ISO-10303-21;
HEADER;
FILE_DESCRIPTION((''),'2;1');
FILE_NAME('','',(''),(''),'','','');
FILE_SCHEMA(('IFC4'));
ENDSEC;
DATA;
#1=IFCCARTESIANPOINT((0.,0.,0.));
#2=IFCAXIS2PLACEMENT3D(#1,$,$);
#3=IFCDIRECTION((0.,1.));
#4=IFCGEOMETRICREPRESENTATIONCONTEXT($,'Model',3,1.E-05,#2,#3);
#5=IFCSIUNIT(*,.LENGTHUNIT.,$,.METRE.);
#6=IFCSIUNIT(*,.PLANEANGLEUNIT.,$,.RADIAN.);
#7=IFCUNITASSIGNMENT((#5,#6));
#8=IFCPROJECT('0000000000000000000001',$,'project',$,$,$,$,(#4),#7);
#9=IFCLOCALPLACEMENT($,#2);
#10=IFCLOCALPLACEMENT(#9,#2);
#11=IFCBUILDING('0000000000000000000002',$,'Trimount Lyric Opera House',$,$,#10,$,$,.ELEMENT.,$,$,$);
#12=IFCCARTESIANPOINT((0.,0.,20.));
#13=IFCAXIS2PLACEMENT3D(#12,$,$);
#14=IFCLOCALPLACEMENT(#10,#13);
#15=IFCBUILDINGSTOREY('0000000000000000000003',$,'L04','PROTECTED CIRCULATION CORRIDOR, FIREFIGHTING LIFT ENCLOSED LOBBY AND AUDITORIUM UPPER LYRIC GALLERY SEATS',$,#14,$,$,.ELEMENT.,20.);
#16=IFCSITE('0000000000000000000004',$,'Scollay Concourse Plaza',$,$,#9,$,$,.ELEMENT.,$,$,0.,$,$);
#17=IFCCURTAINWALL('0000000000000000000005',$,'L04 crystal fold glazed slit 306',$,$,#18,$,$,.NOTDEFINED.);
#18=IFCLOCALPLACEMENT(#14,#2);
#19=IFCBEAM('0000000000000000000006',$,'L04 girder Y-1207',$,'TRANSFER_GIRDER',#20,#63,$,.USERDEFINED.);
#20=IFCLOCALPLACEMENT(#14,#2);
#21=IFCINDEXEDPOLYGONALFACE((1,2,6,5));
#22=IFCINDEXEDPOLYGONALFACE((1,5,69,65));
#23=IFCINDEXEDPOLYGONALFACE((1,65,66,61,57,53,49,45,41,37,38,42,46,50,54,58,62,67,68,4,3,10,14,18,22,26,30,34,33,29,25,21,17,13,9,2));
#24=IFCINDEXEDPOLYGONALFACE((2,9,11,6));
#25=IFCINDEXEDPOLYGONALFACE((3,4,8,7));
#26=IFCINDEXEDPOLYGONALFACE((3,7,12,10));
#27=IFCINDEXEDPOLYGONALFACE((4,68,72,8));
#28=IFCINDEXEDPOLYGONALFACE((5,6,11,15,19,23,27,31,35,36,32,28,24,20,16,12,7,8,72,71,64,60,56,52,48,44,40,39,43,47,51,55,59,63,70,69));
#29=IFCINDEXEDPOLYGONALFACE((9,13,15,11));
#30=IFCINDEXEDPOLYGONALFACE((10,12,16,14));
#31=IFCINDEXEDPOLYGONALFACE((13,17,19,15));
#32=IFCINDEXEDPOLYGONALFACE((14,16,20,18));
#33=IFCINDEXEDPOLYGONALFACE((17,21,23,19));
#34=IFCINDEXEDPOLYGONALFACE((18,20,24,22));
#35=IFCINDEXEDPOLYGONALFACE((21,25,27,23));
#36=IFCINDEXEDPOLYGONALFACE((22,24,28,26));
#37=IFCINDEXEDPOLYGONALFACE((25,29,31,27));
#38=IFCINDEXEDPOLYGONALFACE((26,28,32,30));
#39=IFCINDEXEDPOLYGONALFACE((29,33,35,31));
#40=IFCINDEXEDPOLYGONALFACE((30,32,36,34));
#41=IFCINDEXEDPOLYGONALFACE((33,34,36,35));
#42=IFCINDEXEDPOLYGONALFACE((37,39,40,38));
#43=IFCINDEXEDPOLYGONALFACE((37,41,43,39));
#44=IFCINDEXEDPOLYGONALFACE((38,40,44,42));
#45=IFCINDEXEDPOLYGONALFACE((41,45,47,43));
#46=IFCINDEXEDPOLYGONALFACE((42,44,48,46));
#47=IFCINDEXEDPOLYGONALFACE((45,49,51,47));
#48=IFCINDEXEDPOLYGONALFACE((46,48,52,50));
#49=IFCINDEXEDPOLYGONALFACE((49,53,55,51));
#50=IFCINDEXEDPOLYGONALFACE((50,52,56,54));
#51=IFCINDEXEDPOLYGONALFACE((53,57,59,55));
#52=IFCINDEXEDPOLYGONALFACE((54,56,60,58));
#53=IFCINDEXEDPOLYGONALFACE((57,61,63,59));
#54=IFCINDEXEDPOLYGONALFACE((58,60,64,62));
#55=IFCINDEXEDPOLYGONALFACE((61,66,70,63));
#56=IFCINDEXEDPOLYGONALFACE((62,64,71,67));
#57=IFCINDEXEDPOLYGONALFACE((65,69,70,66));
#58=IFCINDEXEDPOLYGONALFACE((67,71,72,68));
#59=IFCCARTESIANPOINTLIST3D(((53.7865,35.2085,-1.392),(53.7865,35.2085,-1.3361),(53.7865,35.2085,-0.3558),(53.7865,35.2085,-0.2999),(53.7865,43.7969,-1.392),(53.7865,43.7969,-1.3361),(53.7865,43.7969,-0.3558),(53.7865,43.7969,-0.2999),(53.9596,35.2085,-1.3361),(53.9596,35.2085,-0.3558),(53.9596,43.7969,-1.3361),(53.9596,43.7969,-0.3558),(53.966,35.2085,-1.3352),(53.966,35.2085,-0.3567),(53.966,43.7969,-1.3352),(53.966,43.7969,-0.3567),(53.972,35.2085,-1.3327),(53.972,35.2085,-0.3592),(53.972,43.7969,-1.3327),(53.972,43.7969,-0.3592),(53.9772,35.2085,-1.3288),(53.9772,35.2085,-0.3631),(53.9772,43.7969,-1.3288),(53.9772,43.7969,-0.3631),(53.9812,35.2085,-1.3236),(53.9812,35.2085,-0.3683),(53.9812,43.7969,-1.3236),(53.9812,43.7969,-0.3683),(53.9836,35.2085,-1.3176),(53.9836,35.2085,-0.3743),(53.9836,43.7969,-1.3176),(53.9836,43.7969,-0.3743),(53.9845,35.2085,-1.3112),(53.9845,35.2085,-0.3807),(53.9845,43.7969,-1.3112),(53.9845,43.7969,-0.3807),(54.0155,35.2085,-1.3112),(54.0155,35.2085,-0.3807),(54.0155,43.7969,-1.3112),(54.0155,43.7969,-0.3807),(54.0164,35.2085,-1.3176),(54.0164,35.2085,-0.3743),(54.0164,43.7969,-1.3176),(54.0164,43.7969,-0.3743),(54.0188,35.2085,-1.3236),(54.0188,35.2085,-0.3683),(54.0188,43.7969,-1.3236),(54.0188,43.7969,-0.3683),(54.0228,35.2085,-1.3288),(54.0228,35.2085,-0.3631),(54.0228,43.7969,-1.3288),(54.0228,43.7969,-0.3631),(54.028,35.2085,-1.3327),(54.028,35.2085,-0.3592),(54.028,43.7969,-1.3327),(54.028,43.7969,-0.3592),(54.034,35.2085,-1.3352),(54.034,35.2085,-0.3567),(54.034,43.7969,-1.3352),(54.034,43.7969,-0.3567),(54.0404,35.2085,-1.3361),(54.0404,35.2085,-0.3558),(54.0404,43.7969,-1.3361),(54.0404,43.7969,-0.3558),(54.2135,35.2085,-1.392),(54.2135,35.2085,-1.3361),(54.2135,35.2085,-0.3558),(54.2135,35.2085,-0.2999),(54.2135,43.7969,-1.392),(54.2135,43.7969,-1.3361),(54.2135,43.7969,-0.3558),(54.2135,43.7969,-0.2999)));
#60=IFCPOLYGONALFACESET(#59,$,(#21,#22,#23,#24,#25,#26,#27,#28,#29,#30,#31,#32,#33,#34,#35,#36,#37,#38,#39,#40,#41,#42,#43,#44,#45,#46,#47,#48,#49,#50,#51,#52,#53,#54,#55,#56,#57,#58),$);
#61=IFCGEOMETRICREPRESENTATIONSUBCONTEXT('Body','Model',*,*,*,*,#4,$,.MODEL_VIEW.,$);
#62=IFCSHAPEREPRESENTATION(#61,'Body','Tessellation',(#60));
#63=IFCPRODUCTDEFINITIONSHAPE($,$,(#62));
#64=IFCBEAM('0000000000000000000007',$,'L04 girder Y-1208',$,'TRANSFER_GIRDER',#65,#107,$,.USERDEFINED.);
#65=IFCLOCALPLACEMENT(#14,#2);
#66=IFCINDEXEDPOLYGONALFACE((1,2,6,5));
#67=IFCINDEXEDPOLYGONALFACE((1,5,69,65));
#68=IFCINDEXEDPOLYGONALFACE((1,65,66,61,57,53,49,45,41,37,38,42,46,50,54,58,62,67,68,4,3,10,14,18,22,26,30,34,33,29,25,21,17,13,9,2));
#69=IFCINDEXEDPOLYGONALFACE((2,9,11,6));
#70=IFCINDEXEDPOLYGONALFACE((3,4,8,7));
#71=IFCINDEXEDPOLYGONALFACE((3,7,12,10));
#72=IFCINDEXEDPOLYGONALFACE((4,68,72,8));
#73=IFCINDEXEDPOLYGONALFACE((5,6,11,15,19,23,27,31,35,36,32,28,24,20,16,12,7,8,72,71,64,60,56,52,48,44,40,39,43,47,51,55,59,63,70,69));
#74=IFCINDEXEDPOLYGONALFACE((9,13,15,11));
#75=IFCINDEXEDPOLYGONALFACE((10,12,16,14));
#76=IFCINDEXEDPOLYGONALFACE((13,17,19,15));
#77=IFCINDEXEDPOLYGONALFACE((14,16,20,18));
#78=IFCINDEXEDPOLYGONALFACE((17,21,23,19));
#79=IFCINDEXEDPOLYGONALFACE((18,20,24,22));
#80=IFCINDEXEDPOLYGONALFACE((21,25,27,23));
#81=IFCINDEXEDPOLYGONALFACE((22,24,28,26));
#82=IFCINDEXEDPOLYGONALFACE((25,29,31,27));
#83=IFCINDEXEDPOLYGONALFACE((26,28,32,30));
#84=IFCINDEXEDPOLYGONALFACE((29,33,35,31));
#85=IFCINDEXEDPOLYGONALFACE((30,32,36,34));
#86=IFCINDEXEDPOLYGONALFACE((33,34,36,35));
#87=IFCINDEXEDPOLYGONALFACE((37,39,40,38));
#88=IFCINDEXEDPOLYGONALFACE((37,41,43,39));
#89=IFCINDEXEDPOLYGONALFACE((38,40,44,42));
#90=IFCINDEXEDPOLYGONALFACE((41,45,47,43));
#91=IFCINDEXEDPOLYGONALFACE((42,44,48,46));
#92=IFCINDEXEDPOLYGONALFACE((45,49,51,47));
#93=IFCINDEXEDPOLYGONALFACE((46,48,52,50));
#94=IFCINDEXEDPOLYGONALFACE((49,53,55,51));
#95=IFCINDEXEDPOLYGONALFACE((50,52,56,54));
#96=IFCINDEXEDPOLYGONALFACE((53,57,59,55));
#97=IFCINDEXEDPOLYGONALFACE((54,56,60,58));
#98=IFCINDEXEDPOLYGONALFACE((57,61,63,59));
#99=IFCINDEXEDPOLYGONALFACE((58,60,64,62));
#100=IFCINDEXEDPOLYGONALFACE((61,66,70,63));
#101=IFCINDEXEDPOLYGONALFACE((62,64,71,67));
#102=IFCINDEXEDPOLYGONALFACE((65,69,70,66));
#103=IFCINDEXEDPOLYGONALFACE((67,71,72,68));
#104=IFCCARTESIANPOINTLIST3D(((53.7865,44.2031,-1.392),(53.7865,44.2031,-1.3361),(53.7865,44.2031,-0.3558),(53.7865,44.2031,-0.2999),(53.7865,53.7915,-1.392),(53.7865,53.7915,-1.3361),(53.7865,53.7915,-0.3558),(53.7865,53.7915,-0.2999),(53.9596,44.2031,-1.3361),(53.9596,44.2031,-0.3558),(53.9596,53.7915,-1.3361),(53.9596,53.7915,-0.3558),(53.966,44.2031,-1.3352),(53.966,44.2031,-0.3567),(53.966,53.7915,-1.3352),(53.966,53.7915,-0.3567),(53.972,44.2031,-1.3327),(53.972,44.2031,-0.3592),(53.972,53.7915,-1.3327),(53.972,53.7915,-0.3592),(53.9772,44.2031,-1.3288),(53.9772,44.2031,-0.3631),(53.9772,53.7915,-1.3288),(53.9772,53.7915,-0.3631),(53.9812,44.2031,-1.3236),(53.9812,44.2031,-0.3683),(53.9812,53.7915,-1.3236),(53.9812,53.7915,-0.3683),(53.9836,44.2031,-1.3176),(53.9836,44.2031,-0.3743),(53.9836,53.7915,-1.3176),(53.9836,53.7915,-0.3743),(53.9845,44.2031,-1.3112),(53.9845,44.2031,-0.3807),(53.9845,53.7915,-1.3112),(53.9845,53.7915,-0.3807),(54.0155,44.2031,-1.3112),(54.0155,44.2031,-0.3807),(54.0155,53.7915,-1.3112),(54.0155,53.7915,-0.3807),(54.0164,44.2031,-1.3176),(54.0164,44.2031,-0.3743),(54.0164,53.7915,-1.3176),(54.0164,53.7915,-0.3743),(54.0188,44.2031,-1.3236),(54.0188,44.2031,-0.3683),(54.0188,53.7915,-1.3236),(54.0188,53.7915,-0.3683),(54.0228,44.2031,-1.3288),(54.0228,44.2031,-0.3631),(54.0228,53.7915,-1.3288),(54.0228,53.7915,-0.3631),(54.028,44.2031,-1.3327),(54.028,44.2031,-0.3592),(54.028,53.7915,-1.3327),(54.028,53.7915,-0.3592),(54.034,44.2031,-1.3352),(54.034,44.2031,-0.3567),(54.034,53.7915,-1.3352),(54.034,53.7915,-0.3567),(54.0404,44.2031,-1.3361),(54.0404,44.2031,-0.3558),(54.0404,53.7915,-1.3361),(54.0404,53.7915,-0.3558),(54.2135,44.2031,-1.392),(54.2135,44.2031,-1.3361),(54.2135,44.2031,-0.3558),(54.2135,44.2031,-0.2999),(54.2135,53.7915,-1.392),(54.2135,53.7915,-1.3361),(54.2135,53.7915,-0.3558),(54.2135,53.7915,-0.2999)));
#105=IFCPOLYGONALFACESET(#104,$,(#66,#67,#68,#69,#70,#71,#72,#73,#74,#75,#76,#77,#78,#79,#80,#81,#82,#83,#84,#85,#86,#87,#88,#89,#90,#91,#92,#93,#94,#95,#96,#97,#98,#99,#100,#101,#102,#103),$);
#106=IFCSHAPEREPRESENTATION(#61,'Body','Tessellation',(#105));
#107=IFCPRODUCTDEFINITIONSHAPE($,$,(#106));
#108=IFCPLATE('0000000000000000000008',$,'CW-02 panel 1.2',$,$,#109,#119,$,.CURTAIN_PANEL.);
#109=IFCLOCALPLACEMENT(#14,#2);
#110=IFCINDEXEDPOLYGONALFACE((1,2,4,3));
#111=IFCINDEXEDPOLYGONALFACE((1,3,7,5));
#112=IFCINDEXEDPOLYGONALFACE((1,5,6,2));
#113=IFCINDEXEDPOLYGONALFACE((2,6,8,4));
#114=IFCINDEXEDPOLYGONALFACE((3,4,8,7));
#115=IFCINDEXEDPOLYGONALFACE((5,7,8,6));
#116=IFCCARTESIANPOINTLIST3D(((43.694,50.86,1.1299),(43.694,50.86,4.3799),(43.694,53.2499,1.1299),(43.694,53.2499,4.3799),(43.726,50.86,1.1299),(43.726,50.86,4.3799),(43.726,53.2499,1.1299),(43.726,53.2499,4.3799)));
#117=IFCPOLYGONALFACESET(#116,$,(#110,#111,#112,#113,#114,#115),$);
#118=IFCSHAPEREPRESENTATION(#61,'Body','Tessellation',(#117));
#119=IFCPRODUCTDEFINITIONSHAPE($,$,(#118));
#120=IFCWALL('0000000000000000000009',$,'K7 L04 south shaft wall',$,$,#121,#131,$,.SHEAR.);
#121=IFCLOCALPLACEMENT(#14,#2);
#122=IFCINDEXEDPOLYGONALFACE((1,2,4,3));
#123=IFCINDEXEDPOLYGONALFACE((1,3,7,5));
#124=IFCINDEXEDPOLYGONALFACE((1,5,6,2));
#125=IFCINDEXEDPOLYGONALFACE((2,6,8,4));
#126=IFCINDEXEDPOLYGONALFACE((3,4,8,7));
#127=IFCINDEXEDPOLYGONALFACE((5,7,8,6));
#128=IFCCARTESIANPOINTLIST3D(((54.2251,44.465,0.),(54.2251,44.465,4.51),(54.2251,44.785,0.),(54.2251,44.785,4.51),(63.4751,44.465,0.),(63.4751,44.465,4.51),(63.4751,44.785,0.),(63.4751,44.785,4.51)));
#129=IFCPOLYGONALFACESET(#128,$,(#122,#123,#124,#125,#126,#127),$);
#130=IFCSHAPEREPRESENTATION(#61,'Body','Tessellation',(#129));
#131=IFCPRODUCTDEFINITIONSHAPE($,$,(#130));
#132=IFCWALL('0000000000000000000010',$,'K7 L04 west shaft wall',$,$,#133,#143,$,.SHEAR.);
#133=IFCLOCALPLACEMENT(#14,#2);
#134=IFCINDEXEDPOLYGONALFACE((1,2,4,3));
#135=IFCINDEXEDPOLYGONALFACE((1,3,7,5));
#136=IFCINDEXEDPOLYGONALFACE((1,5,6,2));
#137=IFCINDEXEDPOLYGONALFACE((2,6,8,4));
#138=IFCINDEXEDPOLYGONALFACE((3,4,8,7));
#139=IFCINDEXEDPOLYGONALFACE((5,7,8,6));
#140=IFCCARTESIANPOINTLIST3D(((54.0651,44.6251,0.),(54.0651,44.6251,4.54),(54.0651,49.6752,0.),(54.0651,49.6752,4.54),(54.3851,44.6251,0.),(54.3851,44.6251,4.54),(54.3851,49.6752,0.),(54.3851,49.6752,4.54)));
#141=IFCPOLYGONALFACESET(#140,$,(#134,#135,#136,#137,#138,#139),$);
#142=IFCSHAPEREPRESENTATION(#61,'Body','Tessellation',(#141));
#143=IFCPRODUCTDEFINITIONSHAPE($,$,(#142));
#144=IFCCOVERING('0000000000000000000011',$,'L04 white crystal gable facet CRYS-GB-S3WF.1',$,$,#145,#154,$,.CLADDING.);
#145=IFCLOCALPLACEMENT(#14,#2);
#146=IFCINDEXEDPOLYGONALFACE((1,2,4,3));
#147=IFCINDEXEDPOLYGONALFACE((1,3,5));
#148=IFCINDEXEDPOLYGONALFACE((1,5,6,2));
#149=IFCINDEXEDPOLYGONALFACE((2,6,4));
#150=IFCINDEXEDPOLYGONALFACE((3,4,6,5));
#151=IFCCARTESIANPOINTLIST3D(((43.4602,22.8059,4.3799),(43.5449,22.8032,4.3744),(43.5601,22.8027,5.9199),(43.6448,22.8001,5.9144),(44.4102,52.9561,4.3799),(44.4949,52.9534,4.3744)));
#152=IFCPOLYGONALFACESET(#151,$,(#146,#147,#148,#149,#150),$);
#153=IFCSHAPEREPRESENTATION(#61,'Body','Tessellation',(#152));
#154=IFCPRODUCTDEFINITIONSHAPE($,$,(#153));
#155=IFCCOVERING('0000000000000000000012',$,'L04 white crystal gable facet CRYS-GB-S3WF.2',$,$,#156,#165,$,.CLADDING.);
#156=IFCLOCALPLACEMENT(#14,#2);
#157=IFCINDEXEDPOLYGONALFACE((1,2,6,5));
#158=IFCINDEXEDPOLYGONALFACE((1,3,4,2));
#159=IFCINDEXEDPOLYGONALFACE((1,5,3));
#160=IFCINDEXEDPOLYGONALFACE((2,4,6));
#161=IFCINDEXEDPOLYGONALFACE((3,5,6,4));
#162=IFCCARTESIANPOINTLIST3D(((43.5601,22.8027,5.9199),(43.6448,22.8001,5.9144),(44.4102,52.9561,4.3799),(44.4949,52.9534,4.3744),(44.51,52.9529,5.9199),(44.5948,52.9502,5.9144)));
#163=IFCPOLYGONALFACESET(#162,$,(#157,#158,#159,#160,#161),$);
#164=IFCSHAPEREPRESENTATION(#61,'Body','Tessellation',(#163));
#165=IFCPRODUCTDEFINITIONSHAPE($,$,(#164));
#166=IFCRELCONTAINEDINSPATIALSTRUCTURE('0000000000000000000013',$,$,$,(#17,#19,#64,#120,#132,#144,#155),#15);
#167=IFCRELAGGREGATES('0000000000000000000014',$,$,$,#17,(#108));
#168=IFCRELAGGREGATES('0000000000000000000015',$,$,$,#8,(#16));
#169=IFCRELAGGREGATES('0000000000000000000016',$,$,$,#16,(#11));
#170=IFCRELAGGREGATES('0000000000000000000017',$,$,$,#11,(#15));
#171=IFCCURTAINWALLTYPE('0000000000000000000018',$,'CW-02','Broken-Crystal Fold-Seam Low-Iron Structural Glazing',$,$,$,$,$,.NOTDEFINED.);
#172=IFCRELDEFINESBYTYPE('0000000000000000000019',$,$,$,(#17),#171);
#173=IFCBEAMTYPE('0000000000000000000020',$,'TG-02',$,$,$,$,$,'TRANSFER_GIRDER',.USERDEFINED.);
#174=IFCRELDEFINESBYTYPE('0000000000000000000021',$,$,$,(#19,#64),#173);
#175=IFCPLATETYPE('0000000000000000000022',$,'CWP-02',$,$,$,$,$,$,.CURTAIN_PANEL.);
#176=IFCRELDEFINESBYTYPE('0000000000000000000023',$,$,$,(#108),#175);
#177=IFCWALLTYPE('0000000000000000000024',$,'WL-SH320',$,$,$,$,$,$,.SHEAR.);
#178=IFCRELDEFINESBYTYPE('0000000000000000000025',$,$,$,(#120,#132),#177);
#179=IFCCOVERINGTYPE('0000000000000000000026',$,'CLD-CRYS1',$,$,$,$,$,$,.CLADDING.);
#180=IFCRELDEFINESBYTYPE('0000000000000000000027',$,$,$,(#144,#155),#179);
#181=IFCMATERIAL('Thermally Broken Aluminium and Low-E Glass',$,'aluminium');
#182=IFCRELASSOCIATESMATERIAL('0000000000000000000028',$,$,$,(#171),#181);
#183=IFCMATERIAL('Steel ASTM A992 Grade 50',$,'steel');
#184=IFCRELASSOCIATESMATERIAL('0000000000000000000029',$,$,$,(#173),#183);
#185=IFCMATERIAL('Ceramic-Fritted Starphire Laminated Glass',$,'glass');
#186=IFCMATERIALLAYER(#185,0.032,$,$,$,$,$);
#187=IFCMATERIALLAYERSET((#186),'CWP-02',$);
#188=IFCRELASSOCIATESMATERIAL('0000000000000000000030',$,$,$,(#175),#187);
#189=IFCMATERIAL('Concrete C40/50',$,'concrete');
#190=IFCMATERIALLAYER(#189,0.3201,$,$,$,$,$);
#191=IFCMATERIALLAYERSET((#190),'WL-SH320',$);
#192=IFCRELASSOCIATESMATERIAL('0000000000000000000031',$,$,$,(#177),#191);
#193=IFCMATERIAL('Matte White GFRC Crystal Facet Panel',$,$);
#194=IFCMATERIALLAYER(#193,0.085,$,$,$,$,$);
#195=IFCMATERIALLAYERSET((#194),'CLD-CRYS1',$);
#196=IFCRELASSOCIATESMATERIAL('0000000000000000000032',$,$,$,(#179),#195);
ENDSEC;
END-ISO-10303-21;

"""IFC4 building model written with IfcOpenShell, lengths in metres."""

from ifc_helpers import new_model, si_unit, direction, frame, frame_2d, origin, origin_2d, place, context, subcontext, project, spatial, polyline, rectangle, i_section, outline, extrude, material, layer, layer_set, material_profile, profile_set, type_object, element, aggregate, save


model = new_model("IFC4")

# Units and contexts
model_context = context("Model", 3, precision=1e-05, world=origin(), true_north=direction((0.0, 1.0)))
body_context = subcontext(model_context, "Body", "Model", "MODEL_VIEW")
ifc_project = project(units=[si_unit("LENGTHUNIT", "METRE"), si_unit("PLANEANGLEUNIT", "RADIAN")], contexts=[model_context])

# Site, building, storey
site_placement = place(None, origin())
site = spatial("IfcSite", under=ifc_project, at=site_placement, Name="Scollay Concourse Plaza", CompositionType="ELEMENT", RefElevation=0.0)
building_placement = place(site_placement, origin())
building = spatial("IfcBuilding", under=site, at=building_placement, Name="Trimount Lyric Opera House", CompositionType="ELEMENT")
storey_placement = place(building_placement, frame((0.0, 0.0, 20.0)))
storey = spatial("IfcBuildingStorey", under=building, at=storey_placement, Name="L04", Description="PROTECTED CIRCULATION CORRIDOR, FIREFIGHTING LIFT ENCLOSED LOBBY AND AUDITORIUM UPPER LYRIC GALLERY SEATS", CompositionType="ELEMENT", Elevation=20.0)

# Curtain wall
ifc_material_1 = material(Name="Thermally Broken Aluminium and Low-E Glass", Category="aluminium")
curtain_wall_type = type_object("IfcCurtainWallType", Name="CW-02", Description="Broken-Crystal Fold-Seam Low-Iron Structural Glazing", PredefinedType="NOTDEFINED", material=ifc_material_1)
curtain_wall_placement = place(storey_placement, origin())
curtain_wall = element("IfcCurtainWall", 1, at=curtain_wall_placement, inside=storey, type_object=curtain_wall_type, Name="L04 crystal fold glazed slit 306", PredefinedType="NOTDEFINED")

# Beams
ifc_material_2 = material(Name="Steel ASTM A992 Grade 50", Category="steel")
ifc_material_profile_1 = material_profile(ifc_material_2, i_section(OverallWidth=0.427, OverallDepth=1.092, WebThickness=0.031, FlangeThickness=0.0559, FilletRadius=0.0249, at=origin_2d()), Name="W40X397")
ifc_profile_set_1 = profile_set([ifc_material_profile_1], Name="Steel ASTM A992 Grade 50")
beam_type_1 = type_object("IfcBeamType", Name="TG-02", ElementType="TRANSFER_GIRDER", PredefinedType="USERDEFINED", material=ifc_profile_set_1)
for number, where, z_axis, x_axis, name in (
    (2, (54.0, 35.2085, -0.8459), (0.0, 1.0, 0.0), (-1.0, 0.0, 0.0), "L04 girder Y-1207"),
):
    element("IfcBeam", number, at=place(storey_placement, frame(where, z_axis=z_axis, x_axis=x_axis)), inside=storey, type_object=beam_type_1, Name=name, ObjectType="TRANSFER_GIRDER", PredefinedType="USERDEFINED", context=body_context, shape_type="SweptSolid", body=[
        extrude(i_section(OverallWidth=0.427, OverallDepth=1.092, WebThickness=0.031, FlangeThickness=0.0559, FilletRadius=0.0249, at=origin_2d()), origin(), (0.0, 0.0, 1.0), 8.5884),
    ])
beam_1_placement = place(storey_placement, frame((54.0, 44.2031, -0.8459), z_axis=(0.0, 1.0, 0.0), x_axis=(-1.0, 0.0, 0.0)))
element("IfcBeam", 3, at=beam_1_placement, inside=storey, type_object=beam_type_1, Name="L04 girder Y-1208", ObjectType="TRANSFER_GIRDER", PredefinedType="USERDEFINED", context=body_context, shape_type="SweptSolid", body=[
    extrude(i_section(OverallWidth=0.427, OverallDepth=1.092, WebThickness=0.031, FlangeThickness=0.0559, FilletRadius=0.0249, at=origin_2d()), origin(), (0.0, 0.0, 1.0), 9.5884),
])

# Plate
ifc_material_3 = material(Name="Ceramic-Fritted Starphire Laminated Glass", Category="glass")
ifc_layer_1 = layer(ifc_material_3, 0.032)
ifc_layer_set_1 = layer_set([ifc_layer_1], Name="CWP-02")
plate_type = type_object("IfcPlateType", Name="CWP-02", PredefinedType="CURTAIN_PANEL", material=ifc_layer_set_1)
plate_placement = place(storey_placement, frame((43.71, 52.0549, 1.1299), z_axis=(0.0, 0.0, 1.0), x_axis=(0.0, 1.0, 0.0)))
plate = element("IfcPlate", 4, at=plate_placement, type_object=plate_type, Name="CW-02 panel 1.2", PredefinedType="CURTAIN_PANEL", context=body_context, shape_type="SweptSolid", body=[
    extrude(rectangle(XDim=2.3899, YDim=0.032, at=origin_2d()), origin(), (0.0, 0.0, 1.0), 3.25),
])
aggregate(curtain_wall, [plate])

# Walls
ifc_material_4 = material(Name="Concrete C40/50", Category="concrete")
ifc_layer_2 = layer(ifc_material_4, 0.3201)
ifc_layer_set_2 = layer_set([ifc_layer_2], Name="WL-SH320")
wall_type = type_object("IfcWallType", Name="WL-SH320", PredefinedType="SHEAR", material=ifc_layer_set_2)
wall_1_placement = place(storey_placement, frame((54.2251, 44.625, 0.0), z_axis=(0.0, 0.0, 1.0), x_axis=(1.0, 0.0, 0.0)))
element("IfcWall", 5, at=wall_1_placement, inside=storey, type_object=wall_type, Name="K7 L04 south shaft wall", PredefinedType="SHEAR", context=body_context, shape_type="SweptSolid", body=[
    extrude(rectangle(XDim=9.25, YDim=0.3201, at=frame_2d((4.625, 0.0))), origin(), (0.0, 0.0, 1.0), 4.51),
])
wall_2_placement = place(storey_placement, frame((54.2251, 49.675, 0.0), z_axis=(0.0, 0.0, 1.0), x_axis=(0.0, -1.0, 0.0)))
element("IfcWall", 6, at=wall_2_placement, inside=storey, type_object=wall_type, Name="K7 L04 west shaft wall", PredefinedType="SHEAR", context=body_context, shape_type="SweptSolid", body=[
    extrude(rectangle(XDim=5.05, YDim=0.3201, at=frame_2d((2.5249, 0.0))), origin(), (0.0, 0.0, 1.0), 4.54),
])

# Coverings
ifc_material_5 = material(Name="Matte White GFRC Crystal Facet Panel")
ifc_layer_3 = layer(ifc_material_5, 0.085)
ifc_layer_set_3 = layer_set([ifc_layer_3], Name="CLD-CRYS1")
covering_type = type_object("IfcCoveringType", Name="CLD-CRYS1", PredefinedType="CLADDING", material=ifc_layer_set_3)
covering_1_placement = place(storey_placement, frame((44.4102, 52.9561, 4.3799), z_axis=(-0.997408, 0.031426, 0.064735), x_axis=(-0.031492, -0.999504, 0.0)))
element("IfcCovering", 7, at=covering_1_placement, inside=storey, type_object=covering_type, Name="L04 white crystal gable facet CRYS-GB-S3WF.1", PredefinedType="CLADDING", context=body_context, shape_type="SweptSolid", body=[
    extrude(outline(polyline([(0.0, 0.0), (30.1651, 0.0), (30.1651, 1.5433), (0.0, 0.0)])), origin(), (0.0, 0.0, -1.0), 0.085),
])
covering_2_placement = place(storey_placement, frame((44.4102, 52.9561, 4.3799), z_axis=(-0.997408, 0.031426, 0.064735), x_axis=(-0.028145, -0.998303, 0.050987)))
element("IfcCovering", 8, at=covering_2_placement, inside=storey, type_object=covering_type, Name="L04 white crystal gable facet CRYS-GB-S3WF.2", PredefinedType="CLADDING", context=body_context, shape_type="SweptSolid", body=[
    extrude(outline(polyline([(0.0, 0.0), (30.2046, 0.0), (0.0789, 1.5413), (0.0, 0.0)])), origin(), (0.0, 0.0, -1.0), 0.085),
])

save(model, "model.ifc")
